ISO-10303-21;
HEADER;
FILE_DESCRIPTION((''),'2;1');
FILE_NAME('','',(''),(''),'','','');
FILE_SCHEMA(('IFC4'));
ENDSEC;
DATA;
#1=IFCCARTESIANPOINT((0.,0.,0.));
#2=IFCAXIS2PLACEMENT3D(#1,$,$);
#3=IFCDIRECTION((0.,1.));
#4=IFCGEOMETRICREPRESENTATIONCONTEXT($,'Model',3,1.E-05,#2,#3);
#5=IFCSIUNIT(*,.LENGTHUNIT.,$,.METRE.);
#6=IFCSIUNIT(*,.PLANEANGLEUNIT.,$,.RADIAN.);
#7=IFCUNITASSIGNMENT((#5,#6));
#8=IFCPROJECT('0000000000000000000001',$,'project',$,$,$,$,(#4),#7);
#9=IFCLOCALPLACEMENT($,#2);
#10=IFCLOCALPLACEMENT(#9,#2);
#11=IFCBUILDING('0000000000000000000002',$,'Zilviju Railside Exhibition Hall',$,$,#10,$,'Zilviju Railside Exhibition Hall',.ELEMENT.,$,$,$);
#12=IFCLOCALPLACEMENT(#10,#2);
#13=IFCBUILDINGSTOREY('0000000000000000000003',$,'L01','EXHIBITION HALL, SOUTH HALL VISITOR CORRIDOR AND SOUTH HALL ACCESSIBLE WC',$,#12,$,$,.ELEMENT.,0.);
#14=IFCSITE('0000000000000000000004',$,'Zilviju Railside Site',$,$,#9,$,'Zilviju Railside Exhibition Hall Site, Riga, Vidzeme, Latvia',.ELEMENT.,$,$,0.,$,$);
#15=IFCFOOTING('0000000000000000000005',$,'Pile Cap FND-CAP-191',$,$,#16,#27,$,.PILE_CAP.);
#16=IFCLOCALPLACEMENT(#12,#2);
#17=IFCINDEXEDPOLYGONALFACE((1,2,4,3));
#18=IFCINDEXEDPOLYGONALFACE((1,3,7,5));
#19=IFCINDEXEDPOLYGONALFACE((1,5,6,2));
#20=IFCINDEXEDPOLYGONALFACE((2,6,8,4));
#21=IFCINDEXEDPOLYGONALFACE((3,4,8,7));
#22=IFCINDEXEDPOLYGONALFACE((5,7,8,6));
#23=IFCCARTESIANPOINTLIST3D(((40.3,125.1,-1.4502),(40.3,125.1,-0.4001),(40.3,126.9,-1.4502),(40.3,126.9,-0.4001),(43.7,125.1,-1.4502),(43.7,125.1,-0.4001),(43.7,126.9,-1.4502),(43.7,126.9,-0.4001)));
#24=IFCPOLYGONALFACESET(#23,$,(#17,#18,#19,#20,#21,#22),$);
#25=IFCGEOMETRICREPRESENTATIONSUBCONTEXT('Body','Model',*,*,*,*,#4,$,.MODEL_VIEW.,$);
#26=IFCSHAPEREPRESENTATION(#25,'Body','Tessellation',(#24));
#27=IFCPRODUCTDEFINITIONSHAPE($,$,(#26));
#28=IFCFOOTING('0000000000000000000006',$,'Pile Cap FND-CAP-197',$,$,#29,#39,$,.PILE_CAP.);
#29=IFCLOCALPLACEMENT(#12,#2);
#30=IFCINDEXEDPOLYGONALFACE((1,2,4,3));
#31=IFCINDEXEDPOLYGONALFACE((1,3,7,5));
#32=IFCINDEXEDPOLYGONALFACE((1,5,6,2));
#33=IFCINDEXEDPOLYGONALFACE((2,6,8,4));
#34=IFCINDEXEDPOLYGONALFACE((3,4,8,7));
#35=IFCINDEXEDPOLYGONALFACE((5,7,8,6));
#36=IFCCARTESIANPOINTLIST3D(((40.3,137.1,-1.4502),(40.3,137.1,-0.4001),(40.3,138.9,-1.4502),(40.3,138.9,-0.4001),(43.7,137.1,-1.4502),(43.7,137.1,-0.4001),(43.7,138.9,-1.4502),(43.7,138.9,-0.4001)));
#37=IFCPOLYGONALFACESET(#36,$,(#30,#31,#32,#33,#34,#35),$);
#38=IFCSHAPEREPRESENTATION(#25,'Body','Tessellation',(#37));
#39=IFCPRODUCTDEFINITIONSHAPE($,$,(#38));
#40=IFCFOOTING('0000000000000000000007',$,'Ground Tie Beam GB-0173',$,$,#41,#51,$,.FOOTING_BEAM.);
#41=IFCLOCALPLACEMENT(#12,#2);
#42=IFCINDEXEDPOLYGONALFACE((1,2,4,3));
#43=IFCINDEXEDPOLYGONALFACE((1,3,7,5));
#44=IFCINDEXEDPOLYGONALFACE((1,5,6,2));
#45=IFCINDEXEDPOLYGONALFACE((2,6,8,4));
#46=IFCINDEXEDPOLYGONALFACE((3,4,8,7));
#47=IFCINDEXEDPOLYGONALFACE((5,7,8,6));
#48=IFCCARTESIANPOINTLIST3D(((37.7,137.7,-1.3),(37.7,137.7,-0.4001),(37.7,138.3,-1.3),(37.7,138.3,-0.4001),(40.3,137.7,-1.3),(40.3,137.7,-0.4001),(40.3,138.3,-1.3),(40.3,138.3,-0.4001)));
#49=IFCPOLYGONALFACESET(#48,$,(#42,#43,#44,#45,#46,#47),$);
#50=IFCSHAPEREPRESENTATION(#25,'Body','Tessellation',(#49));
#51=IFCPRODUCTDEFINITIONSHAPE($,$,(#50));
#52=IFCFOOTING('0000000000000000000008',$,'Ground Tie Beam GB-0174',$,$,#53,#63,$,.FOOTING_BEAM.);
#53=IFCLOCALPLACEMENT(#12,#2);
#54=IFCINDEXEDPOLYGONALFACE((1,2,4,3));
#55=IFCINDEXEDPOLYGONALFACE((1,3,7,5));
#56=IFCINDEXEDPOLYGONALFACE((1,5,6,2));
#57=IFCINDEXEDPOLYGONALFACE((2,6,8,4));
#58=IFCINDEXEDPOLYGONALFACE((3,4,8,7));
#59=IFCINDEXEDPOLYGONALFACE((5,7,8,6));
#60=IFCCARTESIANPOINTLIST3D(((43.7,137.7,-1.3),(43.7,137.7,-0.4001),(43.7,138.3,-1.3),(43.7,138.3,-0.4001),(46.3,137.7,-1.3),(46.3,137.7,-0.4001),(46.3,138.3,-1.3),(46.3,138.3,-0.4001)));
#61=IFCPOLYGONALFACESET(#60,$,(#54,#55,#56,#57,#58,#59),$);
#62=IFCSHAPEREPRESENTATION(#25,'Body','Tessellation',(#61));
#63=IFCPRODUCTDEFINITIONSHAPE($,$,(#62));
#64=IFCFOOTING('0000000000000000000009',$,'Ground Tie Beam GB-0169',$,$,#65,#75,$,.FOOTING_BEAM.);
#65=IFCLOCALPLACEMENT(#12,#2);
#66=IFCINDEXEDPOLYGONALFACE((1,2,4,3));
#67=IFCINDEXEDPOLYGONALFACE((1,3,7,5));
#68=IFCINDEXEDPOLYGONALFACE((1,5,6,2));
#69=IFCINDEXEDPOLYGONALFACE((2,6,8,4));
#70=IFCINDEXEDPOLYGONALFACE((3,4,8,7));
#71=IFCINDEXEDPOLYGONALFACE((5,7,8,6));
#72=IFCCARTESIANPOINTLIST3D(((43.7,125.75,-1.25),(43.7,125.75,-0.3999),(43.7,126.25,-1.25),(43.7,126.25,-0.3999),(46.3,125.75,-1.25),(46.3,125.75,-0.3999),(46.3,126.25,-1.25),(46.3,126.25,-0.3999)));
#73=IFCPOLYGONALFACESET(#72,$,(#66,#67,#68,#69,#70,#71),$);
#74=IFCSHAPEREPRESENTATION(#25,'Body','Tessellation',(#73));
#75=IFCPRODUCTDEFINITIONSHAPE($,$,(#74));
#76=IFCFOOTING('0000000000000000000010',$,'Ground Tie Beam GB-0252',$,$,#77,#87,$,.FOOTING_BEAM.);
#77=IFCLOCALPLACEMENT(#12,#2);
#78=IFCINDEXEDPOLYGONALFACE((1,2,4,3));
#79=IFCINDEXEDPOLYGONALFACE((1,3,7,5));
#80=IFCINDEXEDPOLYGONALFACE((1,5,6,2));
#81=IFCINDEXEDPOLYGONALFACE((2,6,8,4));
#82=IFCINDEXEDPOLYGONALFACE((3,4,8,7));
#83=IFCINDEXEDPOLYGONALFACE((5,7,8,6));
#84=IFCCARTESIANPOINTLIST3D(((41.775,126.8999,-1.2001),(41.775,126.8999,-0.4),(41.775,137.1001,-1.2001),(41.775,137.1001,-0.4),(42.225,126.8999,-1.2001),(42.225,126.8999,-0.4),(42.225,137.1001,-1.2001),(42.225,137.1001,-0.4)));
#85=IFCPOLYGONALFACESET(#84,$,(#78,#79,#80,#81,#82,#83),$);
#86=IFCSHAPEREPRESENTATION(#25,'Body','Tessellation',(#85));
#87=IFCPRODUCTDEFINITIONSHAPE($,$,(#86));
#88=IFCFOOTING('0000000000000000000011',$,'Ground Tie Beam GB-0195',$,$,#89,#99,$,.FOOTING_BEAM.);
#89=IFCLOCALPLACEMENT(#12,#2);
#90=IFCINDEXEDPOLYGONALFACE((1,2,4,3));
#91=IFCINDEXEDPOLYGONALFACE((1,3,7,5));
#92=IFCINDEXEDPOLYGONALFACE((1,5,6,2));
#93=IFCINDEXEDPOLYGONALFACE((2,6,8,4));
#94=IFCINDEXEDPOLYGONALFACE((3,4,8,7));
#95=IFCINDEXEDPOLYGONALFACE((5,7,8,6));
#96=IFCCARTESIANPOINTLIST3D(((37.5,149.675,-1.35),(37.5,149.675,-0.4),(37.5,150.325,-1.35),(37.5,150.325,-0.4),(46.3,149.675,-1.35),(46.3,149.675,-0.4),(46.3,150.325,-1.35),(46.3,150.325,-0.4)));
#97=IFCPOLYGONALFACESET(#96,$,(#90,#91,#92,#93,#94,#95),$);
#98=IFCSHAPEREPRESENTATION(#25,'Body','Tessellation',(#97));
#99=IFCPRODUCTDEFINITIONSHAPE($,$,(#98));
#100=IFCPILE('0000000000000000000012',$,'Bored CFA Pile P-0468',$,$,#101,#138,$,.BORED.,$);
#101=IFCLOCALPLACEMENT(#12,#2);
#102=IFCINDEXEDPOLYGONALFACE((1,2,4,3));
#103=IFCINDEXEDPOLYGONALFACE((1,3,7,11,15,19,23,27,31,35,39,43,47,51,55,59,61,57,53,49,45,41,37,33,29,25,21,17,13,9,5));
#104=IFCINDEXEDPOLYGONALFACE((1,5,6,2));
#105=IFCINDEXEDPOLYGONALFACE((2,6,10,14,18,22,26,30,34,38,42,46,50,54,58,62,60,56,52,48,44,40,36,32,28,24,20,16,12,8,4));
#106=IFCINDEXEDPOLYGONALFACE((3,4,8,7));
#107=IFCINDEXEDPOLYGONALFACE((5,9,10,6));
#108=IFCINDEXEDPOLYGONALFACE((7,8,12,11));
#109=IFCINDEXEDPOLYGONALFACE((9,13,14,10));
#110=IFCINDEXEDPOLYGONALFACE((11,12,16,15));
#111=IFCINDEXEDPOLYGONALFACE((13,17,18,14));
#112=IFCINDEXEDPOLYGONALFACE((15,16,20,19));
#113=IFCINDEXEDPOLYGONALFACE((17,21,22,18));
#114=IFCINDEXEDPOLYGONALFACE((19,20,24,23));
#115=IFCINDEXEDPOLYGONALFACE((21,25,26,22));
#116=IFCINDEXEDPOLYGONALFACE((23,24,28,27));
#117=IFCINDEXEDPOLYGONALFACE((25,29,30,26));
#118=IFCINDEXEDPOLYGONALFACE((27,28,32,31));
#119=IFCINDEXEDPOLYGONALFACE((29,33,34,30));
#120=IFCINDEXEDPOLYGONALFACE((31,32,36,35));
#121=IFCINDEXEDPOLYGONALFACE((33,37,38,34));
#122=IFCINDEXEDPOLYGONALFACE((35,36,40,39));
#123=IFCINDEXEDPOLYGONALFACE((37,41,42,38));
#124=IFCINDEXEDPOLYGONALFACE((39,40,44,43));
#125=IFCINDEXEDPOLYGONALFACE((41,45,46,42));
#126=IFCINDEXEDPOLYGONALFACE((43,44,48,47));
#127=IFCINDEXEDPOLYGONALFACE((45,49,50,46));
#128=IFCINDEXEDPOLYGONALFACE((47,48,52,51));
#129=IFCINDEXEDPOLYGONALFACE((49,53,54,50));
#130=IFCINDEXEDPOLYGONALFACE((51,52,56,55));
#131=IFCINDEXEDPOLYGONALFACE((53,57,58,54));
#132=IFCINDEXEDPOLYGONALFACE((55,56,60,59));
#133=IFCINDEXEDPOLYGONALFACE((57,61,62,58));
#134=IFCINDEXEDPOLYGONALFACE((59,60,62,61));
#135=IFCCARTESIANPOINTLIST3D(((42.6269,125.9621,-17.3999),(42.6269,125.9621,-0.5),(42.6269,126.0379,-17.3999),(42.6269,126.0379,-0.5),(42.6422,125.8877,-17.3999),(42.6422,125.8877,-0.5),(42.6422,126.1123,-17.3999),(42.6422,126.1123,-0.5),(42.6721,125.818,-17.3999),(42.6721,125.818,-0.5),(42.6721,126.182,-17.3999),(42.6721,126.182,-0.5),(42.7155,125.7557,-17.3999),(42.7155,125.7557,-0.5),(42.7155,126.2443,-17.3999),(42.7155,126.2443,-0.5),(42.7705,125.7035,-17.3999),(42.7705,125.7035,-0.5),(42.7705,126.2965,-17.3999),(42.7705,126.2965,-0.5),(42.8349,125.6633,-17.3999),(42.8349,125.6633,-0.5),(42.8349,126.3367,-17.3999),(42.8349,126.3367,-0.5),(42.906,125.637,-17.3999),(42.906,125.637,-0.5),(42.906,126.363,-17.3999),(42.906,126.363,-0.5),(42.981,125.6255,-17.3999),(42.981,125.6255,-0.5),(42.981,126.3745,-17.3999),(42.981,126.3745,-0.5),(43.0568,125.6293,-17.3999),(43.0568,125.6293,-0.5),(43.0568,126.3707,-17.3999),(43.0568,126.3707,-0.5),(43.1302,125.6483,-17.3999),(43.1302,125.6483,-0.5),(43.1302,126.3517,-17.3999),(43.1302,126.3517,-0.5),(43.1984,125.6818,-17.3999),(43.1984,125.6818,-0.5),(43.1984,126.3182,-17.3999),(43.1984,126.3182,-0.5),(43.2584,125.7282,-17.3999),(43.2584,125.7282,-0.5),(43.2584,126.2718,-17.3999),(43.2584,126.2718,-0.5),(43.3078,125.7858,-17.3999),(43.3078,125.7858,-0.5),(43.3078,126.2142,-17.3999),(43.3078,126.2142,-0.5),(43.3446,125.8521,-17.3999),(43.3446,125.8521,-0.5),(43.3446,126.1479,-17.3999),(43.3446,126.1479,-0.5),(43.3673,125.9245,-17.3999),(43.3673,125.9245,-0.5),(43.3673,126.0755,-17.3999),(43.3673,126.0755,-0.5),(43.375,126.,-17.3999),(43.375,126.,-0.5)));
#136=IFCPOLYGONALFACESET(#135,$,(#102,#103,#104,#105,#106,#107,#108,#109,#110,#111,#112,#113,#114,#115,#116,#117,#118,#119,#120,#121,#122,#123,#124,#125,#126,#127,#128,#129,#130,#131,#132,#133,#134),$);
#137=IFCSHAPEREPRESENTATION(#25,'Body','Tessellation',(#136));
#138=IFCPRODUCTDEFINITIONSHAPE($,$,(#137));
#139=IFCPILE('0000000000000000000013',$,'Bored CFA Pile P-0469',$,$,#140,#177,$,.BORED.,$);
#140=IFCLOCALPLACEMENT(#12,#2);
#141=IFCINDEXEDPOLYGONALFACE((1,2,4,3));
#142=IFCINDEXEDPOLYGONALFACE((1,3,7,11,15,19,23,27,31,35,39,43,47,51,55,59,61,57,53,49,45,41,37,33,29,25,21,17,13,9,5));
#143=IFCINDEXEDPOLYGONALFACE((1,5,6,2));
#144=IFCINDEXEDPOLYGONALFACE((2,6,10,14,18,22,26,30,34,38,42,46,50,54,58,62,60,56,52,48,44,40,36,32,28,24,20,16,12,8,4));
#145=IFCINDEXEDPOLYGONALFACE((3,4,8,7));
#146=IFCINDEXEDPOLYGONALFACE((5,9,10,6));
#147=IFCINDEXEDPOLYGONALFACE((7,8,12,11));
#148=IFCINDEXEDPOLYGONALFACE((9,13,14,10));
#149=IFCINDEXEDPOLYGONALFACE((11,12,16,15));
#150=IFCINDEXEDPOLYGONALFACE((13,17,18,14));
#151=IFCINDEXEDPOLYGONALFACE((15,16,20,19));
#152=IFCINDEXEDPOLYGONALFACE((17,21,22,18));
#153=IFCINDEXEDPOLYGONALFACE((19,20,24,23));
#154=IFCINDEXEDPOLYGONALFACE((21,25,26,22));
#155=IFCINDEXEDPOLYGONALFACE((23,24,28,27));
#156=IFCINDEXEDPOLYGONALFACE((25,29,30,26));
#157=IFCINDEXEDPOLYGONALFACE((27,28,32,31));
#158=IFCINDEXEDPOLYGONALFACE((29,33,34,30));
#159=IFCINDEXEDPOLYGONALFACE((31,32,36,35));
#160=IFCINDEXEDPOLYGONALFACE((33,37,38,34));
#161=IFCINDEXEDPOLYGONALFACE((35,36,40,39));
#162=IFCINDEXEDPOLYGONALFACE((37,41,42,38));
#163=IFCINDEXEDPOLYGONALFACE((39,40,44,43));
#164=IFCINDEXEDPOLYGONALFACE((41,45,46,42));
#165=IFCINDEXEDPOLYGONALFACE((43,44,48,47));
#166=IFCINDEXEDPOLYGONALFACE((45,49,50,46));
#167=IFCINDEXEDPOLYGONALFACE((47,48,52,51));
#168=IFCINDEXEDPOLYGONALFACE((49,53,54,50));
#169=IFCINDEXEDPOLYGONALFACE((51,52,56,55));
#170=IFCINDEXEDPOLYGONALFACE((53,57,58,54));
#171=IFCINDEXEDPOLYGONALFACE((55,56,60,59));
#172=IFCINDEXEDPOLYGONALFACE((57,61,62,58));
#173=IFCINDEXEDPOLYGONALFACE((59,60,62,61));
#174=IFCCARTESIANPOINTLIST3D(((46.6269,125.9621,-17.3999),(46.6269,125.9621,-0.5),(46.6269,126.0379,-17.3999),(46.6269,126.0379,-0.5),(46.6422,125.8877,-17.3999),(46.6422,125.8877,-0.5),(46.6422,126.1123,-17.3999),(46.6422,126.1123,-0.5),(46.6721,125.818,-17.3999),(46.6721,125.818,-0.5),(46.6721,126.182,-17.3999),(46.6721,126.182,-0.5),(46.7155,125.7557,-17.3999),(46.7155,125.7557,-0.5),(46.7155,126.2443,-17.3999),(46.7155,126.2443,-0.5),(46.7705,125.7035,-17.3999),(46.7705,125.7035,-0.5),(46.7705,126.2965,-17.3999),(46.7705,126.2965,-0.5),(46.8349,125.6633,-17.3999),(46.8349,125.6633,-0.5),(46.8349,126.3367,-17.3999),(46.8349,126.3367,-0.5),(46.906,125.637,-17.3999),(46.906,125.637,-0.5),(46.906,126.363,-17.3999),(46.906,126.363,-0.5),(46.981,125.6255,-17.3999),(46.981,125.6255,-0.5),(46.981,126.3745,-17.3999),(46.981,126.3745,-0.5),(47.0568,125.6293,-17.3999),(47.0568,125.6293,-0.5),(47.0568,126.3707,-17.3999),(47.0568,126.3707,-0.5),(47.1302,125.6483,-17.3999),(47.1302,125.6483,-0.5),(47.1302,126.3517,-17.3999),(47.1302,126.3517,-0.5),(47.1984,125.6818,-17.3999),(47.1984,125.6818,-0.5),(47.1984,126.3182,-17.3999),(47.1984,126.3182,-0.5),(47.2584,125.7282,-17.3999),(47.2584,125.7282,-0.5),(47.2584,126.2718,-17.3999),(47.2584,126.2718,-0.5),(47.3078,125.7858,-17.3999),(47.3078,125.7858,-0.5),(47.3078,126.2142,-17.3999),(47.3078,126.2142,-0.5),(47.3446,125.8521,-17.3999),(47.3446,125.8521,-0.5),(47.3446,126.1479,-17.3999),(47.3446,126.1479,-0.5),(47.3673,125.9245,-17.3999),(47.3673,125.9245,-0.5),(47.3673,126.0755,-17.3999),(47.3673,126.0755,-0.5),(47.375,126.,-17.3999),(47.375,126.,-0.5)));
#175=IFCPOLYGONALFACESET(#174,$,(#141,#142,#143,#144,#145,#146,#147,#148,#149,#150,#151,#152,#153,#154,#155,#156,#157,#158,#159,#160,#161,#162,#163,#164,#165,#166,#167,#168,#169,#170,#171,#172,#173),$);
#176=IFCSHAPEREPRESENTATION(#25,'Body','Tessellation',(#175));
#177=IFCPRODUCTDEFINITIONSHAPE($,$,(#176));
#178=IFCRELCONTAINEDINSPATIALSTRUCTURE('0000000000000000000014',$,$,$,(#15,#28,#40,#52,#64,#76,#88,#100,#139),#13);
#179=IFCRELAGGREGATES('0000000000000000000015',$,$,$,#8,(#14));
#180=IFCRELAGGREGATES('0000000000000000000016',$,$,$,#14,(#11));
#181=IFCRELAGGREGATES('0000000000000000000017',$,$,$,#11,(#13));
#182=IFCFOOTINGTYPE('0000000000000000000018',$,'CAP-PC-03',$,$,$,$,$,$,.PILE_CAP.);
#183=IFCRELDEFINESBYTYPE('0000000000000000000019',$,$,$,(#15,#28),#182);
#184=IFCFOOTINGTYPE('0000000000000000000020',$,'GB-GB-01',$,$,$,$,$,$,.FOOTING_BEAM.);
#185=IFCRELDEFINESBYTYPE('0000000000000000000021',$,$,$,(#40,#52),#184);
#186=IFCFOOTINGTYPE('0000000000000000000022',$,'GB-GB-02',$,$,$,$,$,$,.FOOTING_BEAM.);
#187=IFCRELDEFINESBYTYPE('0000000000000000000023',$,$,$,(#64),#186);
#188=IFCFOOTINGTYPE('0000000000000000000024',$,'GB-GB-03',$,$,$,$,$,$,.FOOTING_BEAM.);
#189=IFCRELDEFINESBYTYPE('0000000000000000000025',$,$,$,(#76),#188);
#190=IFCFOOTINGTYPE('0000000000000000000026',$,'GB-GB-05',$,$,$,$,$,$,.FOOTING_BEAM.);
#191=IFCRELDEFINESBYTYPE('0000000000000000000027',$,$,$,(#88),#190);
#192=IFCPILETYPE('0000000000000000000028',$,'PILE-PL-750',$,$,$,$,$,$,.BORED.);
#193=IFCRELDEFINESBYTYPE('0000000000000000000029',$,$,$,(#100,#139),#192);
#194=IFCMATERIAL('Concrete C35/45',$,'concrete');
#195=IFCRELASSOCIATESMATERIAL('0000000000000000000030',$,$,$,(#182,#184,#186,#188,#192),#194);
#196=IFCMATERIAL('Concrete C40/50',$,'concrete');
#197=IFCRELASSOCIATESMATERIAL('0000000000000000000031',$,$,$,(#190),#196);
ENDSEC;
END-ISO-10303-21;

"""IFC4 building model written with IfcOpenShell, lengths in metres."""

from ifc_helpers import new_model, si_unit, direction, frame, origin, origin_2d, place, context, subcontext, project, spatial, rectangle, circle, extrude, material, material_profile, profile_set, type_object, element, save


model = new_model("IFC4")

# Units and contexts
model_context = context("Model", 3, precision=1e-05, world=origin(), true_north=direction((0.0, 1.0)))
body_context = subcontext(model_context, "Body", "Model", "MODEL_VIEW")
ifc_project = project(units=[si_unit("LENGTHUNIT", "METRE"), si_unit("PLANEANGLEUNIT", "RADIAN")], contexts=[model_context])

# Site, building, storey
site_placement = place(None, origin())
site = spatial("IfcSite", under=ifc_project, at=site_placement, Name="Zilviju Railside Site", LongName="Zilviju Railside Exhibition Hall Site, Riga, Vidzeme, Latvia", CompositionType="ELEMENT", RefElevation=0.0)
building_placement = place(site_placement, origin())
building = spatial("IfcBuilding", under=site, at=building_placement, Name="Zilviju Railside Exhibition Hall", LongName="Zilviju Railside Exhibition Hall", CompositionType="ELEMENT")
storey_placement = place(building_placement, origin())
storey = spatial("IfcBuildingStorey", under=building, at=storey_placement, Name="L01", Description="EXHIBITION HALL, SOUTH HALL VISITOR CORRIDOR AND SOUTH HALL ACCESSIBLE WC", CompositionType="ELEMENT", Elevation=0.0)

# Footings
ifc_material_1 = material(Name="Concrete C35/45", Category="concrete")
footing_type_1 = type_object("IfcFootingType", Name="CAP-PC-03", PredefinedType="PILE_CAP", material=ifc_material_1)
for number, where, z_axis, x_axis, name in (
    (1, (42.0, 126.0, -1.4502), (0.0, 0.0, 1.0), (1.0, 0.0, 0.0), "Pile Cap FND-CAP-191"),
    (2, (42.0, 138.0, -1.4502), (0.0, 0.0, 1.0), (1.0, 0.0, 0.0), "Pile Cap FND-CAP-197"),
):
    element("IfcFooting", number, at=place(storey_placement, frame(where, z_axis=z_axis, x_axis=x_axis)), inside=storey, type_object=footing_type_1, Name=name, PredefinedType="PILE_CAP", context=body_context, shape_type="SweptSolid", body=[
        extrude(rectangle(XDim=3.3999, YDim=1.8, at=origin_2d()), origin(), (0.0, 0.0, 1.0), 1.05),
    ])
ifc_material_profile_1 = material_profile(ifc_material_1, rectangle(XDim=0.6001, YDim=0.8999, at=origin_2d()), Name="TIE BEAM 600x900")
ifc_profile_set_1 = profile_set([ifc_material_profile_1], Name="Concrete C35/45")
footing_type_2 = type_object("IfcFootingType", Name="GB-GB-01", PredefinedType="FOOTING_BEAM", material=ifc_profile_set_1)
for number, where, z_axis, x_axis, name in (
    (3, (37.7, 138.0, -0.8501), (1.0, 0.0, 0.0), (0.0, 1.0, 0.0), "Ground Tie Beam GB-0173"),
    (4, (43.7, 138.0, -0.8501), (1.0, 0.0, 0.0), (0.0, 1.0, 0.0), "Ground Tie Beam GB-0174"),
):
    element("IfcFooting", number, at=place(storey_placement, frame(where, z_axis=z_axis, x_axis=x_axis)), inside=storey, type_object=footing_type_2, Name=name, PredefinedType="FOOTING_BEAM", context=body_context, shape_type="SweptSolid", body=[
        extrude(rectangle(XDim=0.6001, YDim=0.8999, at=origin_2d()), origin(), (0.0, 0.0, 1.0), 2.6001),
    ])
ifc_material_profile_2 = material_profile(ifc_material_1, rectangle(XDim=0.5, YDim=0.8501, at=origin_2d()), Name="TIE BEAM 500x850")
ifc_profile_set_2 = profile_set([ifc_material_profile_2], Name="Concrete C35/45")
footing_type_3 = type_object("IfcFootingType", Name="GB-GB-02", PredefinedType="FOOTING_BEAM", material=ifc_profile_set_2)
footing_1_placement = place(storey_placement, frame((43.7, 126.0, -0.825), z_axis=(1.0, 0.0, 0.0), x_axis=(0.0, 1.0, 0.0)))
element("IfcFooting", 5, at=footing_1_placement, inside=storey, type_object=footing_type_3, Name="Ground Tie Beam GB-0169", PredefinedType="FOOTING_BEAM", context=body_context, shape_type="SweptSolid", body=[
    extrude(rectangle(XDim=0.5, YDim=0.8501, at=origin_2d()), origin(), (0.0, 0.0, 1.0), 2.6001),
])
ifc_material_profile_3 = material_profile(ifc_material_1, rectangle(XDim=0.45, YDim=0.8, at=origin_2d()), Name="TIE BEAM 450x800")
ifc_profile_set_3 = profile_set([ifc_material_profile_3], Name="Concrete C35/45")
footing_type_4 = type_object("IfcFootingType", Name="GB-GB-03", PredefinedType="FOOTING_BEAM", material=ifc_profile_set_3)
footing_2_placement = place(storey_placement, frame((42.0, 126.8999, -0.8), z_axis=(0.0, 1.0, 0.0), x_axis=(-1.0, 0.0, 0.0)))
element("IfcFooting", 6, at=footing_2_placement, inside=storey, type_object=footing_type_4, Name="Ground Tie Beam GB-0252", PredefinedType="FOOTING_BEAM", context=body_context, shape_type="SweptSolid", body=[
    extrude(rectangle(XDim=0.45, YDim=0.8, at=origin_2d()), origin(), (0.0, 0.0, 1.0), 10.2002),
])
ifc_material_2 = material(Name="Concrete C40/50", Category="concrete")
ifc_material_profile_4 = material_profile(ifc_material_2, rectangle(XDim=0.6499, YDim=0.95, at=origin_2d()), Name="TIE BEAM 650x950")
ifc_profile_set_4 = profile_set([ifc_material_profile_4], Name="Concrete C40/50")
footing_type_5 = type_object("IfcFootingType", Name="GB-GB-05", PredefinedType="FOOTING_BEAM", material=ifc_profile_set_4)
footing_3_placement = place(storey_placement, frame((37.5, 150.0, -0.875), z_axis=(1.0, 0.0, 0.0), x_axis=(0.0, 1.0, 0.0)))
element("IfcFooting", 7, at=footing_3_placement, inside=storey, type_object=footing_type_5, Name="Ground Tie Beam GB-0195", PredefinedType="FOOTING_BEAM", context=body_context, shape_type="SweptSolid", body=[
    extrude(rectangle(XDim=0.6499, YDim=0.95, at=origin_2d()), origin(), (0.0, 0.0, 1.0), 8.8),
])

# Piles
ifc_material_profile_5 = material_profile(ifc_material_1, circle(Radius=0.375, at=origin_2d()), Name="CFA PILE D750")
ifc_profile_set_5 = profile_set([ifc_material_profile_5], Name="Concrete C35/45")
pile_type = type_object("IfcPileType", Name="PILE-PL-750", PredefinedType="BORED", material=ifc_profile_set_5)
for number, where, z_axis, x_axis, name in (
    (8, (43.0, 126.0, -0.5), (0.0, 0.0, -1.0), (1.0, 0.0, 0.0), "Bored CFA Pile P-0468"),
    (9, (47.0, 126.0, -0.5), (0.0, 0.0, -1.0), (1.0, 0.0, 0.0), "Bored CFA Pile P-0469"),
):
    element("IfcPile", number, at=place(storey_placement, frame(where, z_axis=z_axis, x_axis=x_axis)), inside=storey, type_object=pile_type, Name=name, PredefinedType="BORED", context=body_context, shape_type="SweptSolid", body=[
        extrude(circle(Radius=0.375, at=origin_2d()), origin(), (0.0, 0.0, 1.0), 16.8999),
    ])

save(model, "model.ifc")
